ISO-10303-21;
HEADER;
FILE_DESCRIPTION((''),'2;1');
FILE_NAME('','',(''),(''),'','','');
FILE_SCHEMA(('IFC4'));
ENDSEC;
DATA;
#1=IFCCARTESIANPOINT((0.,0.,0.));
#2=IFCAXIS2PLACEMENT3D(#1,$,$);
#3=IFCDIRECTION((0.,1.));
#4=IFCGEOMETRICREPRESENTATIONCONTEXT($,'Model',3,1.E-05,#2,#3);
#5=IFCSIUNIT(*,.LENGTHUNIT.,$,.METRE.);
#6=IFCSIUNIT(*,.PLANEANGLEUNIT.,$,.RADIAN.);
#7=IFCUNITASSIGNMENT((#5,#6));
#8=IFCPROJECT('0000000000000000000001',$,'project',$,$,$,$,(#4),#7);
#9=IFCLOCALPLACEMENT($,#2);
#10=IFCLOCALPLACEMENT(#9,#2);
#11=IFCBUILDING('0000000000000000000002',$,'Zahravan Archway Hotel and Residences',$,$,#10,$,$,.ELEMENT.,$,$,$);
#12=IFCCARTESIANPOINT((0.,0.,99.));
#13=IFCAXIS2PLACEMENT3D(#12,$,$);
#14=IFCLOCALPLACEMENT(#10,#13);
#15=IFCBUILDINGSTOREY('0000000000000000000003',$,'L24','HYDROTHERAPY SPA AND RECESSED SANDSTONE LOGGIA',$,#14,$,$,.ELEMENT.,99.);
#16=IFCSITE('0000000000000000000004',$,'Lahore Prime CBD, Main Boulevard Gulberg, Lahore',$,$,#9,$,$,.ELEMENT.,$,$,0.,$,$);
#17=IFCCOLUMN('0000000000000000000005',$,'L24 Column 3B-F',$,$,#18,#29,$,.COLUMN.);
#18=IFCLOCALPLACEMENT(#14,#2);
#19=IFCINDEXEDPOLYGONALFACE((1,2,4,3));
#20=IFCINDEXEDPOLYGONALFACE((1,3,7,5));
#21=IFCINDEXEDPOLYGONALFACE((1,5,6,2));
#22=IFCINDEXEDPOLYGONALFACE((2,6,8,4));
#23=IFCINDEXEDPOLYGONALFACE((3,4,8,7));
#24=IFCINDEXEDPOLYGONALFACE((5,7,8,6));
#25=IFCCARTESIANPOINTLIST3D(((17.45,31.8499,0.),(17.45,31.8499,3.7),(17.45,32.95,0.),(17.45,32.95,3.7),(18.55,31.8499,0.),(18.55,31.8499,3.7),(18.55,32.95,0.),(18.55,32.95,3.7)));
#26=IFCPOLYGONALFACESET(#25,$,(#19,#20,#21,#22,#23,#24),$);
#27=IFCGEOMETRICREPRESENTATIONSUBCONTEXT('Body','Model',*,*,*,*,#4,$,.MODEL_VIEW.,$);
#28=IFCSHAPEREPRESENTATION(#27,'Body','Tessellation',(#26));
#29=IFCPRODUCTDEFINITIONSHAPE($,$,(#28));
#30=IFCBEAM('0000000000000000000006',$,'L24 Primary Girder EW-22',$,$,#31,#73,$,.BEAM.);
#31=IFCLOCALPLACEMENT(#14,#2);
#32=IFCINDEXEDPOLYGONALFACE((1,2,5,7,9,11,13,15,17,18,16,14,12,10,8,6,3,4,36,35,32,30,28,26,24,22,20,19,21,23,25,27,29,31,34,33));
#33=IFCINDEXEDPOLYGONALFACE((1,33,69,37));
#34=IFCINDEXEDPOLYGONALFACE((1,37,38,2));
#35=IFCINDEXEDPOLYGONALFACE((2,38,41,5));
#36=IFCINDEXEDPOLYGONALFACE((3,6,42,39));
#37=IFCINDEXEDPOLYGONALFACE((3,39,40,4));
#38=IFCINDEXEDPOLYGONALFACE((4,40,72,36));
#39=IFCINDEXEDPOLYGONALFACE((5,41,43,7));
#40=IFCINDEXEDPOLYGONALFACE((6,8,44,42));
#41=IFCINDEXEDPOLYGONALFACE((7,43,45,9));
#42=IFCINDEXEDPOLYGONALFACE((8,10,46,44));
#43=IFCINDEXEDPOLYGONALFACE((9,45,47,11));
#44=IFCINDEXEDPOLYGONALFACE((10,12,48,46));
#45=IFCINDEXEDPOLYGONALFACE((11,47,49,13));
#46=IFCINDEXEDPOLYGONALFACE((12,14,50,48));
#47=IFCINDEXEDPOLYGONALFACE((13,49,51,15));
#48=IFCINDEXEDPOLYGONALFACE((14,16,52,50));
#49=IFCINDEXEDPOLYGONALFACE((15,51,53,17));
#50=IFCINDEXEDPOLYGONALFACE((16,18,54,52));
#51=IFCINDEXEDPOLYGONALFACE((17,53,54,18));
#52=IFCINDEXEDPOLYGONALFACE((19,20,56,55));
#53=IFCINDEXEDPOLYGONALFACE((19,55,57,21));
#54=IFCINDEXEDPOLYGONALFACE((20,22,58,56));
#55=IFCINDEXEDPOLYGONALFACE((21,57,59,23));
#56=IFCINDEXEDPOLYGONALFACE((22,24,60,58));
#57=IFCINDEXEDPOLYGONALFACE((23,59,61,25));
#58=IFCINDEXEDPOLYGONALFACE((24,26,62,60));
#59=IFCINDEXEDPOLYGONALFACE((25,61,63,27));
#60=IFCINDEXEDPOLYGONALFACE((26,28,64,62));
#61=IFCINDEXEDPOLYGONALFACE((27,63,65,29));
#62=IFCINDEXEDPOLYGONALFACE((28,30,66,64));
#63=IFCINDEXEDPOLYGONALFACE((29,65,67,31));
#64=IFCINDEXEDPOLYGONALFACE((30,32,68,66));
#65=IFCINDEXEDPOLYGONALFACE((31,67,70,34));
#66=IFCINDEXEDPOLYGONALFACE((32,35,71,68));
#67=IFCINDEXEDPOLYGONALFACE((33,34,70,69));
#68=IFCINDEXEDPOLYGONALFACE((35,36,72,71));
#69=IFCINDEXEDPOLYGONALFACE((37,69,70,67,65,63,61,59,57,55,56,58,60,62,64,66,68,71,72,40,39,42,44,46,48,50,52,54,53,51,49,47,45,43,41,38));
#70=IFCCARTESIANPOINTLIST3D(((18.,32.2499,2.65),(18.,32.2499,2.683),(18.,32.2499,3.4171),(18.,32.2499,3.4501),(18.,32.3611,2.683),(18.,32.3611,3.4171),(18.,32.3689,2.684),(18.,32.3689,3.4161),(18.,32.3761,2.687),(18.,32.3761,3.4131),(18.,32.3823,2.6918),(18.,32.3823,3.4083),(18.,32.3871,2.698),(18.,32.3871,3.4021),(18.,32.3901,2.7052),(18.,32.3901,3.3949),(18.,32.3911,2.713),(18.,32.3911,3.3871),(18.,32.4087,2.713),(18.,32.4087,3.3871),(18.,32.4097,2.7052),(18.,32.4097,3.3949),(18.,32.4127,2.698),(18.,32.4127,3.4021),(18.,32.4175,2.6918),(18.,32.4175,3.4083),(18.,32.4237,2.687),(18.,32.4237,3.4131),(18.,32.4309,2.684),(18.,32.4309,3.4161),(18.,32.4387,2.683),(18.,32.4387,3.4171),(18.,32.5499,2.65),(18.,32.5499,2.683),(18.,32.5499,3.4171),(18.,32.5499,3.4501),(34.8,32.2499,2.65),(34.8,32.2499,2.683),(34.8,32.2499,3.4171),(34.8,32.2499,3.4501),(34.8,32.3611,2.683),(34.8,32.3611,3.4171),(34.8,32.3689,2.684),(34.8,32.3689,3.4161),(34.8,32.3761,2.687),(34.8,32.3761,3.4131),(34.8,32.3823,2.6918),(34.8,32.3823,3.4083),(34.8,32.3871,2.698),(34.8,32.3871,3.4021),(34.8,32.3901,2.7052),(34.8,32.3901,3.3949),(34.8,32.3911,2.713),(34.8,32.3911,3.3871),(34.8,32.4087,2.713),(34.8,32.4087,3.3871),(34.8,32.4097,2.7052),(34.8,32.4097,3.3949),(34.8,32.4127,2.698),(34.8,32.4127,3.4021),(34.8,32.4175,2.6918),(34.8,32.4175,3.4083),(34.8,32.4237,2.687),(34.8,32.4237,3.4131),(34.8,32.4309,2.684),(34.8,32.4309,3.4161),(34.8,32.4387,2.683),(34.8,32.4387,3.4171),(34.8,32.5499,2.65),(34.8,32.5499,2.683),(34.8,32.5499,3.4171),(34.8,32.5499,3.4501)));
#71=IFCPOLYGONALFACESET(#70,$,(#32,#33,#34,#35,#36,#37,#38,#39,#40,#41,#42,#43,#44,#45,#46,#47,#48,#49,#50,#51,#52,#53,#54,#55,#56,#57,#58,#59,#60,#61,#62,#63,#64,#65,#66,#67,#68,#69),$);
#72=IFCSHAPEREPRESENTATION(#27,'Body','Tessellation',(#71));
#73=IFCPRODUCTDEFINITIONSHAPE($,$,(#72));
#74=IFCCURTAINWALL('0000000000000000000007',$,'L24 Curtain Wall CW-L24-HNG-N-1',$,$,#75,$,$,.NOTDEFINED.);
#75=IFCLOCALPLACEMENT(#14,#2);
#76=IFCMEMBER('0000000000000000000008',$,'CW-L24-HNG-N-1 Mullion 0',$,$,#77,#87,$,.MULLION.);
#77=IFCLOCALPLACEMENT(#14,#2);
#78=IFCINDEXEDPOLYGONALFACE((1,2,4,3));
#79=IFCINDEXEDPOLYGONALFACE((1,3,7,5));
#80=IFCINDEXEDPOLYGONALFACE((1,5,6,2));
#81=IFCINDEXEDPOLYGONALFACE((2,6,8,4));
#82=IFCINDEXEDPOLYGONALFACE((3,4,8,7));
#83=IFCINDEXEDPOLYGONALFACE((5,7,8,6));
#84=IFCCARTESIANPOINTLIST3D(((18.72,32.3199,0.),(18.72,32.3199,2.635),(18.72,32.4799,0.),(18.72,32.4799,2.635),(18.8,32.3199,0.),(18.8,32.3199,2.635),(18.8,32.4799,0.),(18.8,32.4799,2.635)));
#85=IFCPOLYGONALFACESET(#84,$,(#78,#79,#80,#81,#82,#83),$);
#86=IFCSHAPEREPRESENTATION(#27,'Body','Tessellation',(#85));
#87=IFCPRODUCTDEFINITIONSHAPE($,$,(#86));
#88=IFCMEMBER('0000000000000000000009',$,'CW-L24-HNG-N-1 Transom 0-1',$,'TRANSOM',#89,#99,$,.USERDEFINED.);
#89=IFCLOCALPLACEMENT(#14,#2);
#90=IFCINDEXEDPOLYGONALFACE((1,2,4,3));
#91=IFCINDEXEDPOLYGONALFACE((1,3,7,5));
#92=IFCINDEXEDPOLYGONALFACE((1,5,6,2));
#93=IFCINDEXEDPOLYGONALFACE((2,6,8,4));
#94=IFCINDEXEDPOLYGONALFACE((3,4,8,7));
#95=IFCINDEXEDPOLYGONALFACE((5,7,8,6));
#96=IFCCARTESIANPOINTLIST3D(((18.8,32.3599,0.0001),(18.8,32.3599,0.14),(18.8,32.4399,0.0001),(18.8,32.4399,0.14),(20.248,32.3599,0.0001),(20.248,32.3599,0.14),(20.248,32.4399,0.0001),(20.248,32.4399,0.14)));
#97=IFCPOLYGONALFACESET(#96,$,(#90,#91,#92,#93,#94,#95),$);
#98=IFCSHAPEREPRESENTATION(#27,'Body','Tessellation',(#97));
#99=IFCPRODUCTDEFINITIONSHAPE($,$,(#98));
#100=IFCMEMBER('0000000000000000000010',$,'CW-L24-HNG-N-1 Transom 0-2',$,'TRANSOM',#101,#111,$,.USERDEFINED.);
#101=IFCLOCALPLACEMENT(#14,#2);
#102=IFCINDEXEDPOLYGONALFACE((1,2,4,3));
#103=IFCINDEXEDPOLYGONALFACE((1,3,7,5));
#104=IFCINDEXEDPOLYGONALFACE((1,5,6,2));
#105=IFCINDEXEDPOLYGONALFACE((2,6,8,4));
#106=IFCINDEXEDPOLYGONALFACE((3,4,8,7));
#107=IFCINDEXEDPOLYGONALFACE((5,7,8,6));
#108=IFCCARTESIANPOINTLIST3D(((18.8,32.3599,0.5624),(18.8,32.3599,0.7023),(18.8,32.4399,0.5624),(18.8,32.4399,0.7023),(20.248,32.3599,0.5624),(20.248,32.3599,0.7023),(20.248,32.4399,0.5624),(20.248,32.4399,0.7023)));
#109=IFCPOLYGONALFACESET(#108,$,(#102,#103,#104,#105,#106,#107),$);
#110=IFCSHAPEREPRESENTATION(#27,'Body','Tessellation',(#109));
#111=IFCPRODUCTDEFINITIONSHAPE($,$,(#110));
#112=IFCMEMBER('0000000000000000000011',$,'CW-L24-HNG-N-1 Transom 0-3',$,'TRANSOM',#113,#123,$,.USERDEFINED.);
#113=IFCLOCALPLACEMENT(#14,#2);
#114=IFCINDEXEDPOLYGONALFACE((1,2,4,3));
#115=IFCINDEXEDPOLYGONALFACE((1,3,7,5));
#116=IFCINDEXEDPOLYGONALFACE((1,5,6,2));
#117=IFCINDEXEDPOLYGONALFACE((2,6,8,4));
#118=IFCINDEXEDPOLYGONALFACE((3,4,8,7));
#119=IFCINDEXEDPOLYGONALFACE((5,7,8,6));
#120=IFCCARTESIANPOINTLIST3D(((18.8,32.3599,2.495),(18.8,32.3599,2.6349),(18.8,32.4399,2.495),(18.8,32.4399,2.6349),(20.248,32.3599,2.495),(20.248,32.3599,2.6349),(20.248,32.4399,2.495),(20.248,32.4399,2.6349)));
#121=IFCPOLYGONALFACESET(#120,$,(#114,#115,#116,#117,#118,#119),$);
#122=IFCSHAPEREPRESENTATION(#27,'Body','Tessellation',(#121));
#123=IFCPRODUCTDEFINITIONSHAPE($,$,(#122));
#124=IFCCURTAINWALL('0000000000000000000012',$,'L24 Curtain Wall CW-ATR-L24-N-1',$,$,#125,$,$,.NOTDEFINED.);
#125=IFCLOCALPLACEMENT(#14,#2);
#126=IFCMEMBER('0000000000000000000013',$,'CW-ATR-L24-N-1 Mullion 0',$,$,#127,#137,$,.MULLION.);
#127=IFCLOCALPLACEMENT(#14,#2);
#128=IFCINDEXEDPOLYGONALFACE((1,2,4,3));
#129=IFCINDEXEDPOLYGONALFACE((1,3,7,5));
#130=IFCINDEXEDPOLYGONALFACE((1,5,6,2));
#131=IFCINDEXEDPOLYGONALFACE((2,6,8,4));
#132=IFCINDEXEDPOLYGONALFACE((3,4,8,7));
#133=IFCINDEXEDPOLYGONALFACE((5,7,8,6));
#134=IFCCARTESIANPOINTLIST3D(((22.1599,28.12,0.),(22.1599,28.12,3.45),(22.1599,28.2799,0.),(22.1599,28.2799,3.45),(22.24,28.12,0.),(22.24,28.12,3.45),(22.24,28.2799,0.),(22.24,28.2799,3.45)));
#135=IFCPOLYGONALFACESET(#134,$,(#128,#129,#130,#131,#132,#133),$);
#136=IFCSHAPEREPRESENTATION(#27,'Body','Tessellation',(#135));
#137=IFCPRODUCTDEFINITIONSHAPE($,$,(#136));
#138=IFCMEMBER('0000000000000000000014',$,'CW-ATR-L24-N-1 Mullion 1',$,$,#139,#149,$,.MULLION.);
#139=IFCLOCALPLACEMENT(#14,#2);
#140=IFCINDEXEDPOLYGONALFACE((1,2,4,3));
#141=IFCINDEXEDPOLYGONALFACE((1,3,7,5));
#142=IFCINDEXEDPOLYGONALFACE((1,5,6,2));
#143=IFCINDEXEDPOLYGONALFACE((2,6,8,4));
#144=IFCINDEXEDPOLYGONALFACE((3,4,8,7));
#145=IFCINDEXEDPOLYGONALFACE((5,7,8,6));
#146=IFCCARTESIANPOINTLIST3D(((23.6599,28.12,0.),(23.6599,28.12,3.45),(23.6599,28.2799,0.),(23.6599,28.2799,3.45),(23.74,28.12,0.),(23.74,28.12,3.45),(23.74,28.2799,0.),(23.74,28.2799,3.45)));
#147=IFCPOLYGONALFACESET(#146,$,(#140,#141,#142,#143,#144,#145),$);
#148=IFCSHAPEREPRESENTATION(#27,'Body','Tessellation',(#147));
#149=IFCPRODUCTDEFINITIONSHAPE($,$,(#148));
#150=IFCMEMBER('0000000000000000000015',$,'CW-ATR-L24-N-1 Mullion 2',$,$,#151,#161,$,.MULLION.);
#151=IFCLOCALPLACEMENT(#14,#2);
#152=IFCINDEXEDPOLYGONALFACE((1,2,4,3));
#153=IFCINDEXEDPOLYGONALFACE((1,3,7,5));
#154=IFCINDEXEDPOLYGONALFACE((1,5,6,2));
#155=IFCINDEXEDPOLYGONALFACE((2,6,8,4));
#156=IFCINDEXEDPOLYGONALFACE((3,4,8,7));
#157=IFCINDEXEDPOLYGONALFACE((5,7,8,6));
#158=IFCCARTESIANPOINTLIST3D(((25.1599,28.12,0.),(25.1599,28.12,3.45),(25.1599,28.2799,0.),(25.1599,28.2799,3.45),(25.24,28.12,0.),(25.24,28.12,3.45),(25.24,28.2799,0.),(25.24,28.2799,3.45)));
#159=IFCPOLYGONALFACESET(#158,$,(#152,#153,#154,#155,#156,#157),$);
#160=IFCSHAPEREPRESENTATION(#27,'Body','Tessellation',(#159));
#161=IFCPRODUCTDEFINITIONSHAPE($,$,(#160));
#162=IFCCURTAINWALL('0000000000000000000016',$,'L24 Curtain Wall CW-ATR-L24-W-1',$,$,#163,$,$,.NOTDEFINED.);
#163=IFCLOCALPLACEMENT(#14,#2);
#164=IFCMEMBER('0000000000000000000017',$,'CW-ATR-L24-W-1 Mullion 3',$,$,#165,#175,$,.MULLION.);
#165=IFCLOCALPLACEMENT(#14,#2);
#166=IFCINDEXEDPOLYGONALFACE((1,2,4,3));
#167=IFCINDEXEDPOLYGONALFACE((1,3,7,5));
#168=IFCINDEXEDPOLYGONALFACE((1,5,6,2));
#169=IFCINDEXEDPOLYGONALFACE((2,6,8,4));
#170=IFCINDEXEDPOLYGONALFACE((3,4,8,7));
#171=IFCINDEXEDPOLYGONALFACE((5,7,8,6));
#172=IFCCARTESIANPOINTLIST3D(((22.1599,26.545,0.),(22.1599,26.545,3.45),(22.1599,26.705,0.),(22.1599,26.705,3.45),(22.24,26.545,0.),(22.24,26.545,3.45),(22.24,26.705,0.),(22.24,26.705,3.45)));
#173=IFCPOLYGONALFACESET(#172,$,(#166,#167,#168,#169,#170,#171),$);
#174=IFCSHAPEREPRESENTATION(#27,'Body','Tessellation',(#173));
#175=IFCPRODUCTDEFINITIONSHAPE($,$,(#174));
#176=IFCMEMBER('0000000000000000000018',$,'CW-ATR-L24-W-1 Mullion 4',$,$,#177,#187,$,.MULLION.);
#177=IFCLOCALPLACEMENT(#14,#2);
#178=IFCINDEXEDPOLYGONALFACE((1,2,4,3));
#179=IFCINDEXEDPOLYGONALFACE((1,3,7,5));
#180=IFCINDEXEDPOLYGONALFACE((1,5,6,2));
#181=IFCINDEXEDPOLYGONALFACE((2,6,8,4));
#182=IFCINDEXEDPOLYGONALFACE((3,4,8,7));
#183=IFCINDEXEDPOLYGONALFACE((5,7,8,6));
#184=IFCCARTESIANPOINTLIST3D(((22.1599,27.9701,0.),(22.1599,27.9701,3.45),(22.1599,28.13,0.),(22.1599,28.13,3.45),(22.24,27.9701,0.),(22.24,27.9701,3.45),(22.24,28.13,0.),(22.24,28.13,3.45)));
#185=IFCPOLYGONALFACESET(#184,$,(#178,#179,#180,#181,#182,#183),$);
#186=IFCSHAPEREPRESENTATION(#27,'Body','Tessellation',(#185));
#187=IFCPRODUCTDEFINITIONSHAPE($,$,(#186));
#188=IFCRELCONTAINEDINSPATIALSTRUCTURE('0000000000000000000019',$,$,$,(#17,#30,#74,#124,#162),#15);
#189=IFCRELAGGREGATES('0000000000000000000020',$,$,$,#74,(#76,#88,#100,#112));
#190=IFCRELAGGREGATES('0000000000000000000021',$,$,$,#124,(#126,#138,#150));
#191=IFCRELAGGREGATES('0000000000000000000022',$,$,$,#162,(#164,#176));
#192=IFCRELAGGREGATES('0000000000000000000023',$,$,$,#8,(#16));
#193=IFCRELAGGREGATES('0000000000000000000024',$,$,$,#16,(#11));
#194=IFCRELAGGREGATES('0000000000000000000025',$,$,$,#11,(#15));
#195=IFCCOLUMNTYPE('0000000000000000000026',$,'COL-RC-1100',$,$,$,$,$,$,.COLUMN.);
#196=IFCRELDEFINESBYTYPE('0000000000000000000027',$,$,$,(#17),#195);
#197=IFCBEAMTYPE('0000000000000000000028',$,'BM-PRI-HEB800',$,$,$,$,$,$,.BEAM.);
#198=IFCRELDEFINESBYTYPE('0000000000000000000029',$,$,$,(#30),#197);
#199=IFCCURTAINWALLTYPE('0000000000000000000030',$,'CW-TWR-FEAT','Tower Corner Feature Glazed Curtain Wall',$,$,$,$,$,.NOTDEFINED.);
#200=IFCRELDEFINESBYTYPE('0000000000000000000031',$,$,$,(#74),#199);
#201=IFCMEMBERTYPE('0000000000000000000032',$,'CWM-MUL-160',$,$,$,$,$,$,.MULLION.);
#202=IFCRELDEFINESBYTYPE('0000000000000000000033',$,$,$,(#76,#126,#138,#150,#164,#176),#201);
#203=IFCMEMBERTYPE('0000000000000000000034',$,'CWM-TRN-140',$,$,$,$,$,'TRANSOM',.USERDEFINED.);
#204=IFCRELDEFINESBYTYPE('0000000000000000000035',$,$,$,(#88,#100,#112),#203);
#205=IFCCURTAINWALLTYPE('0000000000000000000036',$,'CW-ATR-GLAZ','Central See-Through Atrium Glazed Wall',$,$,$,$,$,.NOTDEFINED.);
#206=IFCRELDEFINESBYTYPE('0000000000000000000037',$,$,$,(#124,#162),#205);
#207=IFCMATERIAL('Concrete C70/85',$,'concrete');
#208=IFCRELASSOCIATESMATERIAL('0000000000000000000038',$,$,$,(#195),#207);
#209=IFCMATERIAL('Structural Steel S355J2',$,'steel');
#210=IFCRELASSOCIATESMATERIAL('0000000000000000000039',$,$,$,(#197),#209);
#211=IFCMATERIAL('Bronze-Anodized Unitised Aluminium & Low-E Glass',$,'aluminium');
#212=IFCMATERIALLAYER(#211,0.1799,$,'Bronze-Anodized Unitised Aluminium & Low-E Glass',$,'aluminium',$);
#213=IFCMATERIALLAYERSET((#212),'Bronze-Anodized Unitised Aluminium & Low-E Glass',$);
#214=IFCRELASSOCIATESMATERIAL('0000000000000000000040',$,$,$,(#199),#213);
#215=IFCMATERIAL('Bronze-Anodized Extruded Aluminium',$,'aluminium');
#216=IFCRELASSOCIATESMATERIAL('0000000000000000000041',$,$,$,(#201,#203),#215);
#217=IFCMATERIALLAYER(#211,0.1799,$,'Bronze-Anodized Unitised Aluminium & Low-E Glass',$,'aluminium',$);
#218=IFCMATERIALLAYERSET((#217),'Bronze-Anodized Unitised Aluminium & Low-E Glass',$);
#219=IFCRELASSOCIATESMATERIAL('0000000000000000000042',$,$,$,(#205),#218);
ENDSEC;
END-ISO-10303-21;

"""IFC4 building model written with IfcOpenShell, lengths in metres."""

from ifc_helpers import new_model, si_unit, direction, frame, origin, origin_2d, place, context, subcontext, project, spatial, rectangle, i_section, extrude, source, transform, mapped, material, layer, layer_set, material_profile, profile_set, type_object, type_shapes, element, aggregate, save


model = new_model("IFC4")

# Units and contexts
model_context = context("Model", 3, precision=1e-05, world=origin(), true_north=direction((0.0, 1.0)))
body_context = subcontext(model_context, "Body", "Model", "MODEL_VIEW")
ifc_project = project(units=[si_unit("LENGTHUNIT", "METRE"), si_unit("PLANEANGLEUNIT", "RADIAN")], contexts=[model_context])

# Site, building, storey
site_placement = place(None, origin())
site = spatial("IfcSite", under=ifc_project, at=site_placement, Name="Lahore Prime CBD, Main Boulevard Gulberg, Lahore", CompositionType="ELEMENT", RefElevation=0.0)
building_placement = place(site_placement, origin())
building = spatial("IfcBuilding", under=site, at=building_placement, Name="Zahravan Archway Hotel and Residences", CompositionType="ELEMENT")
storey_placement = place(building_placement, frame((0.0, 0.0, 99.0)))
storey = spatial("IfcBuildingStorey", under=building, at=storey_placement, Name="L24", Description="HYDROTHERAPY SPA AND RECESSED SANDSTONE LOGGIA", CompositionType="ELEMENT", Elevation=99.0)

# Column
ifc_material_1 = material(Name="Concrete C70/85", Category="concrete")
ifc_material_profile_1 = material_profile(ifc_material_1, rectangle(XDim=1.1001, YDim=1.1001, at=origin_2d()), Name="RC 1100x1100", Category="concrete")
ifc_profile_set_1 = profile_set([ifc_material_profile_1], Name="Concrete C70/85")
column_type = type_object("IfcColumnType", Name="COL-RC-1100", PredefinedType="COLUMN", material=ifc_profile_set_1)
shared_shape_1 = source(origin(), body_context, "Body", "SweptSolid", [
    extrude(rectangle(XDim=1.1001, YDim=1.1001, at=origin_2d()), origin(), (0.0, 0.0, 1.0), 3.7),
])
column_placement = place(storey_placement, frame((18.0, 32.3999, 0.0), z_axis=(0.0, 0.0, 1.0), x_axis=(1.0, 0.0, 0.0)))
element("IfcColumn", 1, at=column_placement, inside=storey, type_object=column_type, Name="L24 Column 3B-F", PredefinedType="COLUMN", context=body_context, shape_type="MappedRepresentation", body=[
    mapped(shared_shape_1, transform((0.0, 0.0, 0.0), scale=1.0)),
])

# Beam
ifc_material_2 = material(Name="Structural Steel S355J2", Category="steel")
ifc_material_profile_2 = material_profile(ifc_material_2, i_section(OverallWidth=0.3, OverallDepth=0.8, WebThickness=0.0176, FlangeThickness=0.033, FilletRadius=0.03, at=origin_2d()), Name="HEB 800", Category="steel")
ifc_profile_set_2 = profile_set([ifc_material_profile_2], Name="Structural Steel S355J2")
beam_type = type_object("IfcBeamType", Name="BM-PRI-HEB800", PredefinedType="BEAM", material=ifc_profile_set_2)
shared_shape_2 = source(origin(), body_context, "Body", "SweptSolid", [
    extrude(i_section(OverallWidth=0.3, OverallDepth=0.8, WebThickness=0.0176, FlangeThickness=0.033, FilletRadius=0.03, at=origin_2d()), origin(), (0.0, 0.0, 1.0), 16.8),
])
type_shapes(beam_type, [shared_shape_2])
beam_placement = place(storey_placement, frame((18.0, 32.3999, 3.05), z_axis=(1.0, 0.0, 0.0), x_axis=(0.0, 1.0, 0.0)))
element("IfcBeam", 2, at=beam_placement, inside=storey, type_object=beam_type, Name="L24 Primary Girder EW-22", PredefinedType="BEAM", context=body_context, shape_type="MappedRepresentation", body=[
    mapped(shared_shape_2, transform((0.0, 0.0, 0.0), scale=1.0)),
])

# Curtain walls, members
ifc_material_3 = material(Name="Bronze-Anodized Unitised Aluminium & Low-E Glass", Category="aluminium")
ifc_layer_1 = layer(ifc_material_3, 0.1799, Name="Bronze-Anodized Unitised Aluminium & Low-E Glass", Category="aluminium")
ifc_layer_set_1 = layer_set([ifc_layer_1], Name="Bronze-Anodized Unitised Aluminium & Low-E Glass")
curtain_wall_type_1 = type_object("IfcCurtainWallType", Name="CW-TWR-FEAT", Description="Tower Corner Feature Glazed Curtain Wall", PredefinedType="NOTDEFINED", material=ifc_layer_set_1)
curtain_wall_1_placement = place(storey_placement, origin())
curtain_wall_1 = element("IfcCurtainWall", 3, at=curtain_wall_1_placement, inside=storey, type_object=curtain_wall_type_1, Name="L24 Curtain Wall CW-L24-HNG-N-1", PredefinedType="NOTDEFINED")
ifc_material_4 = material(Name="Bronze-Anodized Extruded Aluminium", Category="aluminium")
ifc_material_profile_3 = material_profile(ifc_material_4, rectangle(XDim=0.0801, YDim=0.1599, at=origin_2d()), Name="MUL 80x160", Category="aluminium")
ifc_profile_set_3 = profile_set([ifc_material_profile_3], Name="Bronze-Anodized Extruded Aluminium")
member_type_1 = type_object("IfcMemberType", Name="CWM-MUL-160", PredefinedType="MULLION", material=ifc_profile_set_3)
shared_shape_3 = source(origin(), body_context, "Body", "SweptSolid", [
    extrude(rectangle(XDim=0.0801, YDim=0.1599, at=origin_2d()), origin(), (0.0, 0.0, 1.0), 2.635),
])
member_1_placement = place(storey_placement, frame((18.76, 32.3999, 0.0), z_axis=(0.0, 0.0, 1.0), x_axis=(1.0, 0.0, 0.0)))
member_1 = element("IfcMember", 4, at=member_1_placement, type_object=member_type_1, Name="CW-L24-HNG-N-1 Mullion 0", PredefinedType="MULLION", context=body_context, shape_type="MappedRepresentation", body=[
    mapped(shared_shape_3, transform((0.0, 0.0, 0.0), scale=1.0)),
])
ifc_material_profile_4 = material_profile(ifc_material_4, rectangle(XDim=0.0801, YDim=0.1399, at=origin_2d()), Name="TRN 80x140", Category="aluminium")
ifc_profile_set_4 = profile_set([ifc_material_profile_4], Name="Bronze-Anodized Extruded Aluminium")
member_type_2 = type_object("IfcMemberType", Name="CWM-TRN-140", ElementType="TRANSOM", PredefinedType="USERDEFINED", material=ifc_profile_set_4)
shared_shape_4 = source(origin(), body_context, "Body", "SweptSolid", [
    extrude(rectangle(XDim=0.0801, YDim=0.1399, at=origin_2d()), origin(), (0.0, 0.0, 1.0), 1.448),
])
member_2_placement = place(storey_placement, frame((18.8, 32.3999, 0.0701), z_axis=(1.0, 0.0, 0.0), x_axis=(0.0, 1.0, 0.0)))
member_2 = element("IfcMember", 5, at=member_2_placement, type_object=member_type_2, Name="CW-L24-HNG-N-1 Transom 0-1", ObjectType="TRANSOM", PredefinedType="USERDEFINED", context=body_context, shape_type="MappedRepresentation", body=[
    mapped(shared_shape_4, transform((0.0, 0.0, 0.0), scale=1.0)),
])
member_3_placement = place(storey_placement, frame((18.8, 32.3999, 0.6323), z_axis=(1.0, 0.0, 0.0), x_axis=(0.0, 1.0, 0.0)))
member_3 = element("IfcMember", 6, at=member_3_placement, type_object=member_type_2, Name="CW-L24-HNG-N-1 Transom 0-2", ObjectType="TRANSOM", PredefinedType="USERDEFINED", context=body_context, shape_type="MappedRepresentation", body=[
    mapped(shared_shape_4, transform((0.0, 0.0, 0.0), scale=1.0)),
])
member_4_placement = place(storey_placement, frame((18.8, 32.3999, 2.5649), z_axis=(1.0, 0.0, 0.0), x_axis=(0.0, 1.0, 0.0)))
member_4 = element("IfcMember", 7, at=member_4_placement, type_object=member_type_2, Name="CW-L24-HNG-N-1 Transom 0-3", ObjectType="TRANSOM", PredefinedType="USERDEFINED", context=body_context, shape_type="MappedRepresentation", body=[
    mapped(shared_shape_4, transform((0.0, 0.0, 0.0), scale=1.0)),
])
aggregate(curtain_wall_1, [member_1, member_2, member_3, member_4])
ifc_layer_2 = layer(ifc_material_3, 0.1799, Name="Bronze-Anodized Unitised Aluminium & Low-E Glass", Category="aluminium")
ifc_layer_set_2 = layer_set([ifc_layer_2], Name="Bronze-Anodized Unitised Aluminium & Low-E Glass")
curtain_wall_type_2 = type_object("IfcCurtainWallType", Name="CW-ATR-GLAZ", Description="Central See-Through Atrium Glazed Wall", PredefinedType="NOTDEFINED", material=ifc_layer_set_2)
curtain_wall_2_placement = place(storey_placement, origin())
curtain_wall_2 = element("IfcCurtainWall", 8, at=curtain_wall_2_placement, inside=storey, type_object=curtain_wall_type_2, Name="L24 Curtain Wall CW-ATR-L24-N-1", PredefinedType="NOTDEFINED")
shared_shape_5 = source(origin(), body_context, "Body", "SweptSolid", [
    extrude(rectangle(XDim=0.0801, YDim=0.1599, at=origin_2d()), origin(), (0.0, 0.0, 1.0), 3.45),
])
member_5_placement = place(storey_placement, frame((22.2, 28.2, 0.0), z_axis=(0.0, 0.0, 1.0), x_axis=(1.0, 0.0, 0.0)))
member_5 = element("IfcMember", 9, at=member_5_placement, type_object=member_type_1, Name="CW-ATR-L24-N-1 Mullion 0", PredefinedType="MULLION", context=body_context, shape_type="MappedRepresentation", body=[
    mapped(shared_shape_5, transform((0.0, 0.0, 0.0), scale=1.0)),
])
member_6_placement = place(storey_placement, frame((23.7, 28.2, 0.0), z_axis=(0.0, 0.0, 1.0), x_axis=(1.0, 0.0, 0.0)))
member_6 = element("IfcMember", 10, at=member_6_placement, type_object=member_type_1, Name="CW-ATR-L24-N-1 Mullion 1", PredefinedType="MULLION", context=body_context, shape_type="MappedRepresentation", body=[
    mapped(shared_shape_5, transform((0.0, 0.0, 0.0), scale=1.0)),
])
member_7_placement = place(storey_placement, frame((25.2, 28.2, 0.0), z_axis=(0.0, 0.0, 1.0), x_axis=(1.0, 0.0, 0.0)))
member_7 = element("IfcMember", 11, at=member_7_placement, type_object=member_type_1, Name="CW-ATR-L24-N-1 Mullion 2", PredefinedType="MULLION", context=body_context, shape_type="MappedRepresentation", body=[
    mapped(shared_shape_5, transform((0.0, 0.0, 0.0), scale=1.0)),
])
curtain_wall_3_placement = place(storey_placement, origin())
curtain_wall_3 = element("IfcCurtainWall", 12, at=curtain_wall_3_placement, inside=storey, type_object=curtain_wall_type_2, Name="L24 Curtain Wall CW-ATR-L24-W-1", PredefinedType="NOTDEFINED")
member_8_placement = place(storey_placement, frame((22.2, 26.625, 0.0), z_axis=(0.0, 0.0, 1.0), x_axis=(1.0, 0.0, 0.0)))
member_8 = element("IfcMember", 13, at=member_8_placement, type_object=member_type_1, Name="CW-ATR-L24-W-1 Mullion 3", PredefinedType="MULLION", context=body_context, shape_type="MappedRepresentation", body=[
    mapped(shared_shape_5, transform((0.0, 0.0, 0.0), scale=1.0)),
])
member_9_placement = place(storey_placement, frame((22.2, 28.05, 0.0), z_axis=(0.0, 0.0, 1.0), x_axis=(1.0, 0.0, 0.0)))
member_9 = element("IfcMember", 14, at=member_9_placement, type_object=member_type_1, Name="CW-ATR-L24-W-1 Mullion 4", PredefinedType="MULLION", context=body_context, shape_type="MappedRepresentation", body=[
    mapped(shared_shape_5, transform((0.0, 0.0, 0.0), scale=1.0)),
])

aggregate(curtain_wall_2, [member_5, member_6, member_7])
aggregate(curtain_wall_3, [member_8, member_9])

save(model, "model.ifc")
